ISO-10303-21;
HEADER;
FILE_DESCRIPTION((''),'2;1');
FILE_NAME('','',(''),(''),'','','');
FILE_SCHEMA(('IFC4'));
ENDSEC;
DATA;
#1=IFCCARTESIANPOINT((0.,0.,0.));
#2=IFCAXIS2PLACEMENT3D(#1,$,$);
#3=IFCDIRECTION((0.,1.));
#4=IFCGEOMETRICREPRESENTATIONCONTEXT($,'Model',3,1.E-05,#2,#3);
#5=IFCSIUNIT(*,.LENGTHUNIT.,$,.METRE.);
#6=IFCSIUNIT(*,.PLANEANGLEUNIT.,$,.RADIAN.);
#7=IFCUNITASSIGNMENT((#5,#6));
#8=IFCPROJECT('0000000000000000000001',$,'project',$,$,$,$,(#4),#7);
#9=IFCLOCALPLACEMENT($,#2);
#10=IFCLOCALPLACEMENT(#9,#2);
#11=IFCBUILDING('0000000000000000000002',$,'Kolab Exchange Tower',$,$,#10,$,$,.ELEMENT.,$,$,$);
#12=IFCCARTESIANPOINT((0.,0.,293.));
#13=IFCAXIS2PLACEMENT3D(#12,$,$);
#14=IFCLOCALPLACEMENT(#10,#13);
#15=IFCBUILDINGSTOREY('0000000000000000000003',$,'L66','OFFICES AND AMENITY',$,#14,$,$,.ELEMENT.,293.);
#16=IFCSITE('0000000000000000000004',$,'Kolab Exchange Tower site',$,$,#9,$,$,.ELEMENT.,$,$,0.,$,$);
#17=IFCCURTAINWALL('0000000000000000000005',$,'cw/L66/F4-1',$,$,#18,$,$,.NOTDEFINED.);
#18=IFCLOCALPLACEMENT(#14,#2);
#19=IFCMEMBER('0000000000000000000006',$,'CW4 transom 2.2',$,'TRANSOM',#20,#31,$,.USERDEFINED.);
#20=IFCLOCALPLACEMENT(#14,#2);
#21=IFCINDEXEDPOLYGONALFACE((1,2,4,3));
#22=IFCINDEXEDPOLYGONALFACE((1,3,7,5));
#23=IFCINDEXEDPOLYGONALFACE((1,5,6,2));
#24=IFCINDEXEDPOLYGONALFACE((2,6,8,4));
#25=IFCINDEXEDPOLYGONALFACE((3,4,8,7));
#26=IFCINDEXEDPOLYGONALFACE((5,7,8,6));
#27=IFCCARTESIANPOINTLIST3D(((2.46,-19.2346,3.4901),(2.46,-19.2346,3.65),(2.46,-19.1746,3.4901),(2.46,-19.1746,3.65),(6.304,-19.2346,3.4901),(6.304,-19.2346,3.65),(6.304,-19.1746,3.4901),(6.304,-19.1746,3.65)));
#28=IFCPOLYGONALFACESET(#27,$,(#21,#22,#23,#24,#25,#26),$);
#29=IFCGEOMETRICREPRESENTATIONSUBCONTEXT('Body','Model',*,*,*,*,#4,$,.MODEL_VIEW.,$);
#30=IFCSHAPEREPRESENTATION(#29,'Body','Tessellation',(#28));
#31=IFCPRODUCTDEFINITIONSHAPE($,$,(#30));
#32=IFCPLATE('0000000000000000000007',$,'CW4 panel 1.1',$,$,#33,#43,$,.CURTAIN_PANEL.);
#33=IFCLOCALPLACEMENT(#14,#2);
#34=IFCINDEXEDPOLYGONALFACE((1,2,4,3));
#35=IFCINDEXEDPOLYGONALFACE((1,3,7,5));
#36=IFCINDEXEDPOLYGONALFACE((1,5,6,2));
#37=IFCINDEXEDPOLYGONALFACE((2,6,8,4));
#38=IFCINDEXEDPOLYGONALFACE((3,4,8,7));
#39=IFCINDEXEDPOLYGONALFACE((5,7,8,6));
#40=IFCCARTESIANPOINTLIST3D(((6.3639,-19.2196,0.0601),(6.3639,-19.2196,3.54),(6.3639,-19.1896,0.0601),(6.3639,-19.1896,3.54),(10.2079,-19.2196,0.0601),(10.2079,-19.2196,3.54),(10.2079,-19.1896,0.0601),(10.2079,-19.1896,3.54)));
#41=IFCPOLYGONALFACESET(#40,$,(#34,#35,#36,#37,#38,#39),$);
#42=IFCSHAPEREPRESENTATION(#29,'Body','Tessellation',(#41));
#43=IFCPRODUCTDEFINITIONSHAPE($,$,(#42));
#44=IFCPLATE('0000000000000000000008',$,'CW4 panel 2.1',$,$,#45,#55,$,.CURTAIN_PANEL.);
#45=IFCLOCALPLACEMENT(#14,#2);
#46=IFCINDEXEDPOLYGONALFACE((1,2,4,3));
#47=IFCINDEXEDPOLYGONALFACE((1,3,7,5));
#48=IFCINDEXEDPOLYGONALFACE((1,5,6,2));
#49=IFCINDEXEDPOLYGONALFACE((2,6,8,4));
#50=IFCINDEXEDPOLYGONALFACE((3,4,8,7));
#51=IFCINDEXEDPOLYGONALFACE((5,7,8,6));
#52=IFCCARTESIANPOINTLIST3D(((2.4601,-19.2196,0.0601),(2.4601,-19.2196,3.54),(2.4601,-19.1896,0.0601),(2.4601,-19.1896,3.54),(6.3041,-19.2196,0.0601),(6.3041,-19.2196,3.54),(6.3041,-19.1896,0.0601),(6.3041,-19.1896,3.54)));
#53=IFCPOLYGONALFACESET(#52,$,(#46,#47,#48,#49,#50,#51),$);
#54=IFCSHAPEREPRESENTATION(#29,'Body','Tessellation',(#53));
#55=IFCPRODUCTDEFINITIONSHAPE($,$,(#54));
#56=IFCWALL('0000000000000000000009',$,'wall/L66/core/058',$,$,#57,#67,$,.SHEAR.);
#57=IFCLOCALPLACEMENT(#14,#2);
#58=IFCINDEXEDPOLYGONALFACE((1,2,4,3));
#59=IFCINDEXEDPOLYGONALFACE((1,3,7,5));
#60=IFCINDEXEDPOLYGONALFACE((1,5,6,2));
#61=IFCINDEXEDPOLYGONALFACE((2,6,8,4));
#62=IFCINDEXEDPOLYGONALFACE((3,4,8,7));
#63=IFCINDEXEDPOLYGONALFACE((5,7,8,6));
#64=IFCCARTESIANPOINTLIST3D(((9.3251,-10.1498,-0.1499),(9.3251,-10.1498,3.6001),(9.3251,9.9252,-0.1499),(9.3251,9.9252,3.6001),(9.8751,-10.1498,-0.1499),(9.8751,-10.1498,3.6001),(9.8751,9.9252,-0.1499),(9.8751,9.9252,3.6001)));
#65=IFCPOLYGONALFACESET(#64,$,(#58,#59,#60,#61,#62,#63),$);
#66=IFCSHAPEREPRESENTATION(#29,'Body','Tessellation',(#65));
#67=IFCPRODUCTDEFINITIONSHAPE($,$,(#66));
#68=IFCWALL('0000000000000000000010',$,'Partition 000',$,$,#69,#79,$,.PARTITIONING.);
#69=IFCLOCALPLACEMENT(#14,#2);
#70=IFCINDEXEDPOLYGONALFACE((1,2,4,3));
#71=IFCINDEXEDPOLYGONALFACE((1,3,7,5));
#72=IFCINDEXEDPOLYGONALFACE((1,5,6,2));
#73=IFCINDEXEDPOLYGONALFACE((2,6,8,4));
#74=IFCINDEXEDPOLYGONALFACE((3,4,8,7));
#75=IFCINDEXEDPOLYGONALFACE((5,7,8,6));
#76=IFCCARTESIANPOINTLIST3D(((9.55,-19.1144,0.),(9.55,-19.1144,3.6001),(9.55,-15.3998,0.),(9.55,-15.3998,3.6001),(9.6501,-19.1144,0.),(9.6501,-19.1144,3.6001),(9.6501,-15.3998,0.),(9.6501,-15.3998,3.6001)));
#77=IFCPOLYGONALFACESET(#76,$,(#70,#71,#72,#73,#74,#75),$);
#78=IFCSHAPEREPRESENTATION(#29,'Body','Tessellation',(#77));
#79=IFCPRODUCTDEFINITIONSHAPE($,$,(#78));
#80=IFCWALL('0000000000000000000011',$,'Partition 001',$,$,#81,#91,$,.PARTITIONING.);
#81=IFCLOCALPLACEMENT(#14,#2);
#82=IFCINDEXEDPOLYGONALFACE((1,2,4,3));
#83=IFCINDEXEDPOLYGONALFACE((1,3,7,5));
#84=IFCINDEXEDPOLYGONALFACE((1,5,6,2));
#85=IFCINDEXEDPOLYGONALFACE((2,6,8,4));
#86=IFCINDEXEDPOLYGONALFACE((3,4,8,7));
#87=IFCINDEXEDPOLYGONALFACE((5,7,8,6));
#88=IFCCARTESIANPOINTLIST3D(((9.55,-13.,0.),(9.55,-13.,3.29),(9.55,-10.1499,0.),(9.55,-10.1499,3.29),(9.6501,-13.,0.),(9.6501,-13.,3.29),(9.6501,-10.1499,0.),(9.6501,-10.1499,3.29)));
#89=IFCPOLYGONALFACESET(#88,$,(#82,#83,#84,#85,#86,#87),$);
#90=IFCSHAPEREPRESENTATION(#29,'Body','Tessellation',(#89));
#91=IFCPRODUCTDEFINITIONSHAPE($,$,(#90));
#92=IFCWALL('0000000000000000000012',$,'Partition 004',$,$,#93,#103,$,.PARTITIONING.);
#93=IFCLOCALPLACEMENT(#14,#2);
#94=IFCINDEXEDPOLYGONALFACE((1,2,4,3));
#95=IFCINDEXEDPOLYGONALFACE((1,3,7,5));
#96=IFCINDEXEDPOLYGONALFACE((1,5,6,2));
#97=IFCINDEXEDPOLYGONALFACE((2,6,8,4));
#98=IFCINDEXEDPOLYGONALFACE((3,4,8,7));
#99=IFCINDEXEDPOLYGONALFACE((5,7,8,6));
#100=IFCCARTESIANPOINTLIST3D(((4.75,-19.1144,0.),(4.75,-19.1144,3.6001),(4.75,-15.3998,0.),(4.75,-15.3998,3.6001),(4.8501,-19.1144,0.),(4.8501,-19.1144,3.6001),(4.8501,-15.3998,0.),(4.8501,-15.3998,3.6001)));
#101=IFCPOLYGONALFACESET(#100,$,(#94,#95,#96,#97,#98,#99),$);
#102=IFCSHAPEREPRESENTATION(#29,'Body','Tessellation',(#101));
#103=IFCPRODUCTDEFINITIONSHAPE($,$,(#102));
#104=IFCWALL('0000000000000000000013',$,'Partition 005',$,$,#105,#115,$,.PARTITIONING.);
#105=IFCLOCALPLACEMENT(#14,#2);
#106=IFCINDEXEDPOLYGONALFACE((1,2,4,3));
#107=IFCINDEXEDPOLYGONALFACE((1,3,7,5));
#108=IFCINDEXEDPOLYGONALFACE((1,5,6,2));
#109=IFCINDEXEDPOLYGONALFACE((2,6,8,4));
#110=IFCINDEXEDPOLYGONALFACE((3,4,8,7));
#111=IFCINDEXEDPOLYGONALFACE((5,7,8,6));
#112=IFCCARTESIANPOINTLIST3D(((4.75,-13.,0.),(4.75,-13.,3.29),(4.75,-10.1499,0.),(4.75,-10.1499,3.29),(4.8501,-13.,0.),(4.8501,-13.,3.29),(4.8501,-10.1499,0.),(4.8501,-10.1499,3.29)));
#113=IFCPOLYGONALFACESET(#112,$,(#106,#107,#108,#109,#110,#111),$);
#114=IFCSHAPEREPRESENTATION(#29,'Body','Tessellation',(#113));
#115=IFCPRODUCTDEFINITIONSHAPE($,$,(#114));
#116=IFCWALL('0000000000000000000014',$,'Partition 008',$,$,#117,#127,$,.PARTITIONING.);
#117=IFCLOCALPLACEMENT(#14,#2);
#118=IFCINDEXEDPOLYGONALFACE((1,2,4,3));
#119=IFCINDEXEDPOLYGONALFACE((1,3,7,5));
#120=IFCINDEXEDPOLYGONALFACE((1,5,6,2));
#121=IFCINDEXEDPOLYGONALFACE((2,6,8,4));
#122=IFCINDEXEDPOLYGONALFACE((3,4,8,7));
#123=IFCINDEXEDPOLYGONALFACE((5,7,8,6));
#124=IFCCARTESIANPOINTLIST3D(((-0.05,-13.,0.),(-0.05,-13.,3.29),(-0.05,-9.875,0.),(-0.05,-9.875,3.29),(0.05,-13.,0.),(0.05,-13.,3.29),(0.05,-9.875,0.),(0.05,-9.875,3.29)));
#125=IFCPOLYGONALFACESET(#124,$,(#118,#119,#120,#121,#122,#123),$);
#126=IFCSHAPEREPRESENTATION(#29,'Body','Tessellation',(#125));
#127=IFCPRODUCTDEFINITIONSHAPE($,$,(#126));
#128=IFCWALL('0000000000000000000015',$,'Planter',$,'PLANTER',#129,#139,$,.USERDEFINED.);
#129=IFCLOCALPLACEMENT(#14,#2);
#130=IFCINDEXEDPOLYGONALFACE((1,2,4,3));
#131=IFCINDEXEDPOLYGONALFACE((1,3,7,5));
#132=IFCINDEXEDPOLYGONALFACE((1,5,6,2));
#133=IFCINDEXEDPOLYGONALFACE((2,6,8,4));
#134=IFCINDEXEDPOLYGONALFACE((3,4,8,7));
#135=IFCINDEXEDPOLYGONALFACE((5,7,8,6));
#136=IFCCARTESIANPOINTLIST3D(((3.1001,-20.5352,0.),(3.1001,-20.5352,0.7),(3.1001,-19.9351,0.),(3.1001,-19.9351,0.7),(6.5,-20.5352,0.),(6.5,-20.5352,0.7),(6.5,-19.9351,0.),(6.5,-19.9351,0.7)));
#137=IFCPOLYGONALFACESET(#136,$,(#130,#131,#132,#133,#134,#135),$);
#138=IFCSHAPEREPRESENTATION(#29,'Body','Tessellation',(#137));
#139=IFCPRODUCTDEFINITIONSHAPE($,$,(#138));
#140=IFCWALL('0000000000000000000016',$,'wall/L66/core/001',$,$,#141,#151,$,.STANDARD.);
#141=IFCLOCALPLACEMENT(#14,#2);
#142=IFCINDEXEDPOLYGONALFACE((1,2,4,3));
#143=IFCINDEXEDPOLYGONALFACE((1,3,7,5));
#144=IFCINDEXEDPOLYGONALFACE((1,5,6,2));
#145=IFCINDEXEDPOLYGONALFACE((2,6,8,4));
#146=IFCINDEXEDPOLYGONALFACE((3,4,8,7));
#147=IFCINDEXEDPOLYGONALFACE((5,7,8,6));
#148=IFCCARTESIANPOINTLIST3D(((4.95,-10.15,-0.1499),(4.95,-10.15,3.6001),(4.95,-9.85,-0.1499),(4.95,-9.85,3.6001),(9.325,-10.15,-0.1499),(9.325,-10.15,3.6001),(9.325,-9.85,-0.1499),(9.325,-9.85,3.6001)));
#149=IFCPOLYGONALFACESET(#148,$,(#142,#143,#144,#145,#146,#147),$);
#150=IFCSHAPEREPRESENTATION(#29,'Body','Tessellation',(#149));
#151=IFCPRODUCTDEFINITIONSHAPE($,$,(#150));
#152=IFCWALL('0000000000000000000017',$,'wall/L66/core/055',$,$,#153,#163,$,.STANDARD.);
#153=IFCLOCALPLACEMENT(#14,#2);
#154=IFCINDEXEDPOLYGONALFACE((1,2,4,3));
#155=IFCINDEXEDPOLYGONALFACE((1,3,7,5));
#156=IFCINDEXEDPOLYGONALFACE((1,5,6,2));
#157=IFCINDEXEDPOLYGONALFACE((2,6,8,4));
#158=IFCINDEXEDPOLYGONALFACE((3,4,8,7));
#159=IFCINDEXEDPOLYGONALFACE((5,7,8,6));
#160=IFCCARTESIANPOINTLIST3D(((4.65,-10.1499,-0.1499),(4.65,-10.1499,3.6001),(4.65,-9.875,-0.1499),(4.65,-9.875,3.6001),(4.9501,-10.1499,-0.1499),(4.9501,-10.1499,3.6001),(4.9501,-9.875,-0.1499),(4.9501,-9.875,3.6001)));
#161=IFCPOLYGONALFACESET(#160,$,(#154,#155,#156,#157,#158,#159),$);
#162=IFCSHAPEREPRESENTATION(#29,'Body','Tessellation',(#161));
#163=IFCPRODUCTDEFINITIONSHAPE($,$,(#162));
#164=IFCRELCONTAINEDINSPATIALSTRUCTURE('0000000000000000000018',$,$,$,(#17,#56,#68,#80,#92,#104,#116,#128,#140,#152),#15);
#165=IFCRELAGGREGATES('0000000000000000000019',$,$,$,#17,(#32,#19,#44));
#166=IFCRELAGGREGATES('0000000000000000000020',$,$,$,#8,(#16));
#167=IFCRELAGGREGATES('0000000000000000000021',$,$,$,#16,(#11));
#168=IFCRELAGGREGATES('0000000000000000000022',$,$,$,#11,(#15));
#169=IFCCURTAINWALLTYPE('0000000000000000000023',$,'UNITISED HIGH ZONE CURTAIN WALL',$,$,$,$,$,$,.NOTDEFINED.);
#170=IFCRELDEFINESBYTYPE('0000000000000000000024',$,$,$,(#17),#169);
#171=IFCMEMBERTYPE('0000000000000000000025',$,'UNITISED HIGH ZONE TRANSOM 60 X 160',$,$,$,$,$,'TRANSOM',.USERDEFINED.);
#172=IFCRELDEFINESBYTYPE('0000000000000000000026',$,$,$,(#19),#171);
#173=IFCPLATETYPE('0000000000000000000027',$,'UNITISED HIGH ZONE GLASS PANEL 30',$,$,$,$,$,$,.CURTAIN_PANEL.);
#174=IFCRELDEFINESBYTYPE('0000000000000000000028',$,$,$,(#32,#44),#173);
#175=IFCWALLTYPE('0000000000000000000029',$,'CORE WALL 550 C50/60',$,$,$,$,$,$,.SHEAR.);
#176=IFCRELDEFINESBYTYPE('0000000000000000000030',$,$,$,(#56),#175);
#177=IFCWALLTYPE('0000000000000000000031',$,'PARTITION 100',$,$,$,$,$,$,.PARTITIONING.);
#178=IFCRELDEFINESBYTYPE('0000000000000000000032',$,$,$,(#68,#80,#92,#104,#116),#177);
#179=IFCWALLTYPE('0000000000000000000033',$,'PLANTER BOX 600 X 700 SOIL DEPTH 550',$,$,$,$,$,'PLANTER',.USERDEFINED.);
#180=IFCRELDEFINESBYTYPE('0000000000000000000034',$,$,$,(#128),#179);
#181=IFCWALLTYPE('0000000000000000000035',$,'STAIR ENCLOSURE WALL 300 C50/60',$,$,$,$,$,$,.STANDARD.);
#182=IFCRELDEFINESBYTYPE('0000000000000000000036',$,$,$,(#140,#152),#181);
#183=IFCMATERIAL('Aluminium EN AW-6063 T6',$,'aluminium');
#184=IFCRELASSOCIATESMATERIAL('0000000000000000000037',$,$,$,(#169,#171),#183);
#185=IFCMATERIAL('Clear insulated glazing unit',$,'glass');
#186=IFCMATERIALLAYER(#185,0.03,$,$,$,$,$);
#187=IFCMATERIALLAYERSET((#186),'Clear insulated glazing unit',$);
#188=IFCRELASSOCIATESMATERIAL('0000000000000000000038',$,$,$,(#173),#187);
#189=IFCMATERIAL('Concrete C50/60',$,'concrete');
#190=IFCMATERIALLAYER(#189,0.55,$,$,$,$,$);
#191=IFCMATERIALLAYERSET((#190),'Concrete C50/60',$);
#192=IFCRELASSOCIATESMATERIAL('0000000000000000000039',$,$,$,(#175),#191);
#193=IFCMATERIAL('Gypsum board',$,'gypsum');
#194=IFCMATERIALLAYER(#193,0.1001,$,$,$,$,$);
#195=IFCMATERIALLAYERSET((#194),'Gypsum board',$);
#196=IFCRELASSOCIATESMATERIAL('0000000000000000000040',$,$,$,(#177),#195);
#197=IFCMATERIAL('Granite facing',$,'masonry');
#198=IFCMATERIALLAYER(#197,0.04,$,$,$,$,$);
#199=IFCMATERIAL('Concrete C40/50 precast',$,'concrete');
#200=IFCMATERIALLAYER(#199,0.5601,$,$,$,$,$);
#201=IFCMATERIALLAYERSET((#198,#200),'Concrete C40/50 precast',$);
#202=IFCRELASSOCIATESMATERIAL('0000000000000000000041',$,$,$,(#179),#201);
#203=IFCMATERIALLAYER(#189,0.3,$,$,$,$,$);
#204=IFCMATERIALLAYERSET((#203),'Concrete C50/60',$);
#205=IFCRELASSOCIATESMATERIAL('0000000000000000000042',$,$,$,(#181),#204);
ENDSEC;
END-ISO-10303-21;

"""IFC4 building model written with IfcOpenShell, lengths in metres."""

from ifc_helpers import new_model, si_unit, direction, frame, frame_2d, origin, origin_2d, place, context, subcontext, project, spatial, rectangle, extrude, material, layer, layer_set, material_profile, profile_set, type_object, element, aggregate, save


model = new_model("IFC4")

# Units and contexts
model_context = context("Model", 3, precision=1e-05, world=origin(), true_north=direction((0.0, 1.0)))
body_context = subcontext(model_context, "Body", "Model", "MODEL_VIEW")
ifc_project = project(units=[si_unit("LENGTHUNIT", "METRE"), si_unit("PLANEANGLEUNIT", "RADIAN")], contexts=[model_context])

# Site, building, storey
site_placement = place(None, origin())
site = spatial("IfcSite", under=ifc_project, at=site_placement, Name="Kolab Exchange Tower site", CompositionType="ELEMENT", RefElevation=0.0)
building_placement = place(site_placement, origin())
building = spatial("IfcBuilding", under=site, at=building_placement, Name="Kolab Exchange Tower", CompositionType="ELEMENT")
storey_placement = place(building_placement, frame((0.0, 0.0, 293.0)))
storey = spatial("IfcBuildingStorey", under=building, at=storey_placement, Name="L66", Description="OFFICES AND AMENITY", CompositionType="ELEMENT", Elevation=293.0)

# Shared definitions
ifc_material_1 = material(Name="Concrete C50/60", Category="concrete")

# Curtain wall, member, plates
ifc_material_2 = material(Name="Aluminium EN AW-6063 T6", Category="aluminium")
curtain_wall_type = type_object("IfcCurtainWallType", Name="UNITISED HIGH ZONE CURTAIN WALL", PredefinedType="NOTDEFINED", material=ifc_material_2)
curtain_wall_placement = place(storey_placement, origin())
curtain_wall = element("IfcCurtainWall", 1, at=curtain_wall_placement, inside=storey, type_object=curtain_wall_type, Name="cw/L66/F4-1", PredefinedType="NOTDEFINED")
ifc_material_profile_1 = material_profile(ifc_material_2, rectangle(XDim=0.0601, YDim=0.1599, at=origin_2d()), Name="RECT 60X160")
ifc_profile_set_1 = profile_set([ifc_material_profile_1], Name="Aluminium EN AW-6063 T6")
member_type_1 = type_object("IfcMemberType", Name="UNITISED HIGH ZONE TRANSOM 60 X 160", ElementType="TRANSOM", PredefinedType="USERDEFINED", material=ifc_profile_set_1)
member_1_placement = place(storey_placement, frame((6.304, -19.2046, 3.5701), z_axis=(-1.0, 0.0, 0.0), x_axis=(0.0, -1.0, 0.0)))
member_1 = element("IfcMember", 2, at=member_1_placement, type_object=member_type_1, Name="CW4 transom 2.2", ObjectType="TRANSOM", PredefinedType="USERDEFINED", context=body_context, shape_type="SweptSolid", body=[
    extrude(rectangle(XDim=0.0601, YDim=0.1599, at=origin_2d()), origin(), (0.0, 0.0, 1.0), 3.844),
])
ifc_material_3 = material(Name="Clear insulated glazing unit", Category="glass")
ifc_layer_1 = layer(ifc_material_3, 0.03)
ifc_layer_set_1 = layer_set([ifc_layer_1], Name="Clear insulated glazing unit")
plate_type = type_object("IfcPlateType", Name="UNITISED HIGH ZONE GLASS PANEL 30", PredefinedType="CURTAIN_PANEL", material=ifc_layer_set_1)
plate_1_placement = place(storey_placement, frame((8.2859, -19.2046, 0.0601), z_axis=(0.0, 0.0, 1.0), x_axis=(-1.0, 0.0, 0.0)))
plate_1 = element("IfcPlate", 3, at=plate_1_placement, type_object=plate_type, Name="CW4 panel 1.1", PredefinedType="CURTAIN_PANEL", context=body_context, shape_type="SweptSolid", body=[
    extrude(rectangle(XDim=3.844, YDim=0.03, at=origin_2d()), origin(), (0.0, 0.0, 1.0), 3.48),
])
plate_2_placement = place(storey_placement, frame((4.3821, -19.2046, 0.0601), z_axis=(0.0, 0.0, 1.0), x_axis=(-1.0, 0.0, 0.0)))
plate_2 = element("IfcPlate", 4, at=plate_2_placement, type_object=plate_type, Name="CW4 panel 2.1", PredefinedType="CURTAIN_PANEL", context=body_context, shape_type="SweptSolid", body=[
    extrude(rectangle(XDim=3.844, YDim=0.03, at=origin_2d()), origin(), (0.0, 0.0, 1.0), 3.48),
])
aggregate(curtain_wall, [plate_1, member_1, plate_2])

# Wall
ifc_layer_2 = layer(ifc_material_1, 0.55)
ifc_layer_set_2 = layer_set([ifc_layer_2], Name="Concrete C50/60")
wall_type_1 = type_object("IfcWallType", Name="CORE WALL 550 C50/60", PredefinedType="SHEAR", material=ifc_layer_set_2)
wall_1_placement = place(storey_placement, frame((9.6001, -10.1499, -0.1499), z_axis=(0.0, 0.0, 1.0), x_axis=(0.0, 1.0, 0.0)))
element("IfcWall", 5, at=wall_1_placement, inside=storey, type_object=wall_type_1, Name="wall/L66/core/058", PredefinedType="SHEAR", context=body_context, shape_type="SweptSolid", body=[
    extrude(rectangle(XDim=20.075, YDim=0.55, at=frame_2d((10.0376, 0.0))), origin(), (0.0, 0.0, 1.0), 3.75),
])

# Walls
ifc_material_4 = material(Name="Gypsum board", Category="gypsum")
ifc_layer_3 = layer(ifc_material_4, 0.1001)
ifc_layer_set_3 = layer_set([ifc_layer_3], Name="Gypsum board")
wall_type_2 = type_object("IfcWallType", Name="PARTITION 100", PredefinedType="PARTITIONING", material=ifc_layer_set_3)
wall_2_placement = place(storey_placement, frame((9.6001, -19.1145, 0.0), z_axis=(0.0, 0.0, 1.0), x_axis=(0.0, 1.0, 0.0)))
element("IfcWall", 6, at=wall_2_placement, inside=storey, type_object=wall_type_2, Name="Partition 000", PredefinedType="PARTITIONING", context=body_context, shape_type="SweptSolid", body=[
    extrude(rectangle(XDim=3.7146, YDim=0.1001, at=frame_2d((1.8574, 0.0))), origin(), (0.0, 0.0, 1.0), 3.6001),
])
wall_3_placement = place(storey_placement, frame((9.6001, -13.0, 0.0), z_axis=(0.0, 0.0, 1.0), x_axis=(0.0, 1.0, 0.0)))
element("IfcWall", 7, at=wall_3_placement, inside=storey, type_object=wall_type_2, Name="Partition 001", PredefinedType="PARTITIONING", context=body_context, shape_type="SweptSolid", body=[
    extrude(rectangle(XDim=2.8501, YDim=0.1001, at=frame_2d((1.425, 0.0))), origin(), (0.0, 0.0, 1.0), 3.29),
])
wall_4_placement = place(storey_placement, frame((4.8, -19.1145, 0.0), z_axis=(0.0, 0.0, 1.0), x_axis=(0.0, 1.0, 0.0)))
element("IfcWall", 8, at=wall_4_placement, inside=storey, type_object=wall_type_2, Name="Partition 004", PredefinedType="PARTITIONING", context=body_context, shape_type="SweptSolid", body=[
    extrude(rectangle(XDim=3.7146, YDim=0.1001, at=frame_2d((1.8574, 0.0))), origin(), (0.0, 0.0, 1.0), 3.6001),
])
wall_5_placement = place(storey_placement, frame((4.8, -13.0, 0.0), z_axis=(0.0, 0.0, 1.0), x_axis=(0.0, 1.0, 0.0)))
element("IfcWall", 9, at=wall_5_placement, inside=storey, type_object=wall_type_2, Name="Partition 005", PredefinedType="PARTITIONING", context=body_context, shape_type="SweptSolid", body=[
    extrude(rectangle(XDim=2.8501, YDim=0.1001, at=frame_2d((1.425, 0.0))), origin(), (0.0, 0.0, 1.0), 3.29),
])
wall_6_placement = place(storey_placement, frame((0.0, -13.0, 0.0), z_axis=(0.0, 0.0, 1.0), x_axis=(0.0, 1.0, 0.0)))
element("IfcWall", 10, at=wall_6_placement, inside=storey, type_object=wall_type_2, Name="Partition 008", PredefinedType="PARTITIONING", context=body_context, shape_type="SweptSolid", body=[
    extrude(rectangle(XDim=3.125, YDim=0.1001, at=frame_2d((1.5625, 0.0))), origin(), (0.0, 0.0, 1.0), 3.29),
])
ifc_material_5 = material(Name="Granite facing", Category="masonry")
ifc_layer_4 = layer(ifc_material_5, 0.04)
ifc_material_6 = material(Name="Concrete C40/50 precast", Category="concrete")
ifc_layer_5 = layer(ifc_material_6, 0.5601)
ifc_layer_set_4 = layer_set([ifc_layer_4, ifc_layer_5], Name="Concrete C40/50 precast")
wall_type_3 = type_object("IfcWallType", Name="PLANTER BOX 600 X 700 SOIL DEPTH 550", ElementType="PLANTER", PredefinedType="USERDEFINED", material=ifc_layer_set_4)
wall_7_placement = place(storey_placement, frame((6.5, -20.2351, 0.0), z_axis=(0.0, 0.0, 1.0), x_axis=(-1.0, 0.0, 0.0)))
element("IfcWall", 11, at=wall_7_placement, inside=storey, type_object=wall_type_3, Name="Planter", ObjectType="PLANTER", PredefinedType="USERDEFINED", context=body_context, shape_type="SweptSolid", body=[
    extrude(rectangle(XDim=3.3999, YDim=0.6001, at=frame_2d((1.7, 0.0))), origin(), (0.0, 0.0, 1.0), 0.7),
])
ifc_layer_6 = layer(ifc_material_1, 0.3)
ifc_layer_set_5 = layer_set([ifc_layer_6], Name="Concrete C50/60")
wall_type_4 = type_object("IfcWallType", Name="STAIR ENCLOSURE WALL 300 C50/60", PredefinedType="STANDARD", material=ifc_layer_set_5)
wall_8_placement = place(storey_placement, frame((4.95, -10.0, -0.1499), z_axis=(0.0, 0.0, 1.0), x_axis=(1.0, 0.0, 0.0)))
element("IfcWall", 12, at=wall_8_placement, inside=storey, type_object=wall_type_4, Name="wall/L66/core/001", PredefinedType="STANDARD", context=body_context, shape_type="SweptSolid", body=[
    extrude(rectangle(XDim=4.375, YDim=0.3, at=frame_2d((2.1875, 0.0))), origin(), (0.0, 0.0, 1.0), 3.75),
])
wall_9_placement = place(storey_placement, frame((4.8, -10.1499, -0.1499), z_axis=(0.0, 0.0, 1.0), x_axis=(0.0, 1.0, 0.0)))
element("IfcWall", 13, at=wall_9_placement, inside=storey, type_object=wall_type_4, Name="wall/L66/core/055", PredefinedType="STANDARD", context=body_context, shape_type="SweptSolid", body=[
    extrude(rectangle(XDim=0.2749, YDim=0.3, at=frame_2d((0.1375, 0.0))), origin(), (0.0, 0.0, 1.0), 3.75),
])

save(model, "model.ifc")
